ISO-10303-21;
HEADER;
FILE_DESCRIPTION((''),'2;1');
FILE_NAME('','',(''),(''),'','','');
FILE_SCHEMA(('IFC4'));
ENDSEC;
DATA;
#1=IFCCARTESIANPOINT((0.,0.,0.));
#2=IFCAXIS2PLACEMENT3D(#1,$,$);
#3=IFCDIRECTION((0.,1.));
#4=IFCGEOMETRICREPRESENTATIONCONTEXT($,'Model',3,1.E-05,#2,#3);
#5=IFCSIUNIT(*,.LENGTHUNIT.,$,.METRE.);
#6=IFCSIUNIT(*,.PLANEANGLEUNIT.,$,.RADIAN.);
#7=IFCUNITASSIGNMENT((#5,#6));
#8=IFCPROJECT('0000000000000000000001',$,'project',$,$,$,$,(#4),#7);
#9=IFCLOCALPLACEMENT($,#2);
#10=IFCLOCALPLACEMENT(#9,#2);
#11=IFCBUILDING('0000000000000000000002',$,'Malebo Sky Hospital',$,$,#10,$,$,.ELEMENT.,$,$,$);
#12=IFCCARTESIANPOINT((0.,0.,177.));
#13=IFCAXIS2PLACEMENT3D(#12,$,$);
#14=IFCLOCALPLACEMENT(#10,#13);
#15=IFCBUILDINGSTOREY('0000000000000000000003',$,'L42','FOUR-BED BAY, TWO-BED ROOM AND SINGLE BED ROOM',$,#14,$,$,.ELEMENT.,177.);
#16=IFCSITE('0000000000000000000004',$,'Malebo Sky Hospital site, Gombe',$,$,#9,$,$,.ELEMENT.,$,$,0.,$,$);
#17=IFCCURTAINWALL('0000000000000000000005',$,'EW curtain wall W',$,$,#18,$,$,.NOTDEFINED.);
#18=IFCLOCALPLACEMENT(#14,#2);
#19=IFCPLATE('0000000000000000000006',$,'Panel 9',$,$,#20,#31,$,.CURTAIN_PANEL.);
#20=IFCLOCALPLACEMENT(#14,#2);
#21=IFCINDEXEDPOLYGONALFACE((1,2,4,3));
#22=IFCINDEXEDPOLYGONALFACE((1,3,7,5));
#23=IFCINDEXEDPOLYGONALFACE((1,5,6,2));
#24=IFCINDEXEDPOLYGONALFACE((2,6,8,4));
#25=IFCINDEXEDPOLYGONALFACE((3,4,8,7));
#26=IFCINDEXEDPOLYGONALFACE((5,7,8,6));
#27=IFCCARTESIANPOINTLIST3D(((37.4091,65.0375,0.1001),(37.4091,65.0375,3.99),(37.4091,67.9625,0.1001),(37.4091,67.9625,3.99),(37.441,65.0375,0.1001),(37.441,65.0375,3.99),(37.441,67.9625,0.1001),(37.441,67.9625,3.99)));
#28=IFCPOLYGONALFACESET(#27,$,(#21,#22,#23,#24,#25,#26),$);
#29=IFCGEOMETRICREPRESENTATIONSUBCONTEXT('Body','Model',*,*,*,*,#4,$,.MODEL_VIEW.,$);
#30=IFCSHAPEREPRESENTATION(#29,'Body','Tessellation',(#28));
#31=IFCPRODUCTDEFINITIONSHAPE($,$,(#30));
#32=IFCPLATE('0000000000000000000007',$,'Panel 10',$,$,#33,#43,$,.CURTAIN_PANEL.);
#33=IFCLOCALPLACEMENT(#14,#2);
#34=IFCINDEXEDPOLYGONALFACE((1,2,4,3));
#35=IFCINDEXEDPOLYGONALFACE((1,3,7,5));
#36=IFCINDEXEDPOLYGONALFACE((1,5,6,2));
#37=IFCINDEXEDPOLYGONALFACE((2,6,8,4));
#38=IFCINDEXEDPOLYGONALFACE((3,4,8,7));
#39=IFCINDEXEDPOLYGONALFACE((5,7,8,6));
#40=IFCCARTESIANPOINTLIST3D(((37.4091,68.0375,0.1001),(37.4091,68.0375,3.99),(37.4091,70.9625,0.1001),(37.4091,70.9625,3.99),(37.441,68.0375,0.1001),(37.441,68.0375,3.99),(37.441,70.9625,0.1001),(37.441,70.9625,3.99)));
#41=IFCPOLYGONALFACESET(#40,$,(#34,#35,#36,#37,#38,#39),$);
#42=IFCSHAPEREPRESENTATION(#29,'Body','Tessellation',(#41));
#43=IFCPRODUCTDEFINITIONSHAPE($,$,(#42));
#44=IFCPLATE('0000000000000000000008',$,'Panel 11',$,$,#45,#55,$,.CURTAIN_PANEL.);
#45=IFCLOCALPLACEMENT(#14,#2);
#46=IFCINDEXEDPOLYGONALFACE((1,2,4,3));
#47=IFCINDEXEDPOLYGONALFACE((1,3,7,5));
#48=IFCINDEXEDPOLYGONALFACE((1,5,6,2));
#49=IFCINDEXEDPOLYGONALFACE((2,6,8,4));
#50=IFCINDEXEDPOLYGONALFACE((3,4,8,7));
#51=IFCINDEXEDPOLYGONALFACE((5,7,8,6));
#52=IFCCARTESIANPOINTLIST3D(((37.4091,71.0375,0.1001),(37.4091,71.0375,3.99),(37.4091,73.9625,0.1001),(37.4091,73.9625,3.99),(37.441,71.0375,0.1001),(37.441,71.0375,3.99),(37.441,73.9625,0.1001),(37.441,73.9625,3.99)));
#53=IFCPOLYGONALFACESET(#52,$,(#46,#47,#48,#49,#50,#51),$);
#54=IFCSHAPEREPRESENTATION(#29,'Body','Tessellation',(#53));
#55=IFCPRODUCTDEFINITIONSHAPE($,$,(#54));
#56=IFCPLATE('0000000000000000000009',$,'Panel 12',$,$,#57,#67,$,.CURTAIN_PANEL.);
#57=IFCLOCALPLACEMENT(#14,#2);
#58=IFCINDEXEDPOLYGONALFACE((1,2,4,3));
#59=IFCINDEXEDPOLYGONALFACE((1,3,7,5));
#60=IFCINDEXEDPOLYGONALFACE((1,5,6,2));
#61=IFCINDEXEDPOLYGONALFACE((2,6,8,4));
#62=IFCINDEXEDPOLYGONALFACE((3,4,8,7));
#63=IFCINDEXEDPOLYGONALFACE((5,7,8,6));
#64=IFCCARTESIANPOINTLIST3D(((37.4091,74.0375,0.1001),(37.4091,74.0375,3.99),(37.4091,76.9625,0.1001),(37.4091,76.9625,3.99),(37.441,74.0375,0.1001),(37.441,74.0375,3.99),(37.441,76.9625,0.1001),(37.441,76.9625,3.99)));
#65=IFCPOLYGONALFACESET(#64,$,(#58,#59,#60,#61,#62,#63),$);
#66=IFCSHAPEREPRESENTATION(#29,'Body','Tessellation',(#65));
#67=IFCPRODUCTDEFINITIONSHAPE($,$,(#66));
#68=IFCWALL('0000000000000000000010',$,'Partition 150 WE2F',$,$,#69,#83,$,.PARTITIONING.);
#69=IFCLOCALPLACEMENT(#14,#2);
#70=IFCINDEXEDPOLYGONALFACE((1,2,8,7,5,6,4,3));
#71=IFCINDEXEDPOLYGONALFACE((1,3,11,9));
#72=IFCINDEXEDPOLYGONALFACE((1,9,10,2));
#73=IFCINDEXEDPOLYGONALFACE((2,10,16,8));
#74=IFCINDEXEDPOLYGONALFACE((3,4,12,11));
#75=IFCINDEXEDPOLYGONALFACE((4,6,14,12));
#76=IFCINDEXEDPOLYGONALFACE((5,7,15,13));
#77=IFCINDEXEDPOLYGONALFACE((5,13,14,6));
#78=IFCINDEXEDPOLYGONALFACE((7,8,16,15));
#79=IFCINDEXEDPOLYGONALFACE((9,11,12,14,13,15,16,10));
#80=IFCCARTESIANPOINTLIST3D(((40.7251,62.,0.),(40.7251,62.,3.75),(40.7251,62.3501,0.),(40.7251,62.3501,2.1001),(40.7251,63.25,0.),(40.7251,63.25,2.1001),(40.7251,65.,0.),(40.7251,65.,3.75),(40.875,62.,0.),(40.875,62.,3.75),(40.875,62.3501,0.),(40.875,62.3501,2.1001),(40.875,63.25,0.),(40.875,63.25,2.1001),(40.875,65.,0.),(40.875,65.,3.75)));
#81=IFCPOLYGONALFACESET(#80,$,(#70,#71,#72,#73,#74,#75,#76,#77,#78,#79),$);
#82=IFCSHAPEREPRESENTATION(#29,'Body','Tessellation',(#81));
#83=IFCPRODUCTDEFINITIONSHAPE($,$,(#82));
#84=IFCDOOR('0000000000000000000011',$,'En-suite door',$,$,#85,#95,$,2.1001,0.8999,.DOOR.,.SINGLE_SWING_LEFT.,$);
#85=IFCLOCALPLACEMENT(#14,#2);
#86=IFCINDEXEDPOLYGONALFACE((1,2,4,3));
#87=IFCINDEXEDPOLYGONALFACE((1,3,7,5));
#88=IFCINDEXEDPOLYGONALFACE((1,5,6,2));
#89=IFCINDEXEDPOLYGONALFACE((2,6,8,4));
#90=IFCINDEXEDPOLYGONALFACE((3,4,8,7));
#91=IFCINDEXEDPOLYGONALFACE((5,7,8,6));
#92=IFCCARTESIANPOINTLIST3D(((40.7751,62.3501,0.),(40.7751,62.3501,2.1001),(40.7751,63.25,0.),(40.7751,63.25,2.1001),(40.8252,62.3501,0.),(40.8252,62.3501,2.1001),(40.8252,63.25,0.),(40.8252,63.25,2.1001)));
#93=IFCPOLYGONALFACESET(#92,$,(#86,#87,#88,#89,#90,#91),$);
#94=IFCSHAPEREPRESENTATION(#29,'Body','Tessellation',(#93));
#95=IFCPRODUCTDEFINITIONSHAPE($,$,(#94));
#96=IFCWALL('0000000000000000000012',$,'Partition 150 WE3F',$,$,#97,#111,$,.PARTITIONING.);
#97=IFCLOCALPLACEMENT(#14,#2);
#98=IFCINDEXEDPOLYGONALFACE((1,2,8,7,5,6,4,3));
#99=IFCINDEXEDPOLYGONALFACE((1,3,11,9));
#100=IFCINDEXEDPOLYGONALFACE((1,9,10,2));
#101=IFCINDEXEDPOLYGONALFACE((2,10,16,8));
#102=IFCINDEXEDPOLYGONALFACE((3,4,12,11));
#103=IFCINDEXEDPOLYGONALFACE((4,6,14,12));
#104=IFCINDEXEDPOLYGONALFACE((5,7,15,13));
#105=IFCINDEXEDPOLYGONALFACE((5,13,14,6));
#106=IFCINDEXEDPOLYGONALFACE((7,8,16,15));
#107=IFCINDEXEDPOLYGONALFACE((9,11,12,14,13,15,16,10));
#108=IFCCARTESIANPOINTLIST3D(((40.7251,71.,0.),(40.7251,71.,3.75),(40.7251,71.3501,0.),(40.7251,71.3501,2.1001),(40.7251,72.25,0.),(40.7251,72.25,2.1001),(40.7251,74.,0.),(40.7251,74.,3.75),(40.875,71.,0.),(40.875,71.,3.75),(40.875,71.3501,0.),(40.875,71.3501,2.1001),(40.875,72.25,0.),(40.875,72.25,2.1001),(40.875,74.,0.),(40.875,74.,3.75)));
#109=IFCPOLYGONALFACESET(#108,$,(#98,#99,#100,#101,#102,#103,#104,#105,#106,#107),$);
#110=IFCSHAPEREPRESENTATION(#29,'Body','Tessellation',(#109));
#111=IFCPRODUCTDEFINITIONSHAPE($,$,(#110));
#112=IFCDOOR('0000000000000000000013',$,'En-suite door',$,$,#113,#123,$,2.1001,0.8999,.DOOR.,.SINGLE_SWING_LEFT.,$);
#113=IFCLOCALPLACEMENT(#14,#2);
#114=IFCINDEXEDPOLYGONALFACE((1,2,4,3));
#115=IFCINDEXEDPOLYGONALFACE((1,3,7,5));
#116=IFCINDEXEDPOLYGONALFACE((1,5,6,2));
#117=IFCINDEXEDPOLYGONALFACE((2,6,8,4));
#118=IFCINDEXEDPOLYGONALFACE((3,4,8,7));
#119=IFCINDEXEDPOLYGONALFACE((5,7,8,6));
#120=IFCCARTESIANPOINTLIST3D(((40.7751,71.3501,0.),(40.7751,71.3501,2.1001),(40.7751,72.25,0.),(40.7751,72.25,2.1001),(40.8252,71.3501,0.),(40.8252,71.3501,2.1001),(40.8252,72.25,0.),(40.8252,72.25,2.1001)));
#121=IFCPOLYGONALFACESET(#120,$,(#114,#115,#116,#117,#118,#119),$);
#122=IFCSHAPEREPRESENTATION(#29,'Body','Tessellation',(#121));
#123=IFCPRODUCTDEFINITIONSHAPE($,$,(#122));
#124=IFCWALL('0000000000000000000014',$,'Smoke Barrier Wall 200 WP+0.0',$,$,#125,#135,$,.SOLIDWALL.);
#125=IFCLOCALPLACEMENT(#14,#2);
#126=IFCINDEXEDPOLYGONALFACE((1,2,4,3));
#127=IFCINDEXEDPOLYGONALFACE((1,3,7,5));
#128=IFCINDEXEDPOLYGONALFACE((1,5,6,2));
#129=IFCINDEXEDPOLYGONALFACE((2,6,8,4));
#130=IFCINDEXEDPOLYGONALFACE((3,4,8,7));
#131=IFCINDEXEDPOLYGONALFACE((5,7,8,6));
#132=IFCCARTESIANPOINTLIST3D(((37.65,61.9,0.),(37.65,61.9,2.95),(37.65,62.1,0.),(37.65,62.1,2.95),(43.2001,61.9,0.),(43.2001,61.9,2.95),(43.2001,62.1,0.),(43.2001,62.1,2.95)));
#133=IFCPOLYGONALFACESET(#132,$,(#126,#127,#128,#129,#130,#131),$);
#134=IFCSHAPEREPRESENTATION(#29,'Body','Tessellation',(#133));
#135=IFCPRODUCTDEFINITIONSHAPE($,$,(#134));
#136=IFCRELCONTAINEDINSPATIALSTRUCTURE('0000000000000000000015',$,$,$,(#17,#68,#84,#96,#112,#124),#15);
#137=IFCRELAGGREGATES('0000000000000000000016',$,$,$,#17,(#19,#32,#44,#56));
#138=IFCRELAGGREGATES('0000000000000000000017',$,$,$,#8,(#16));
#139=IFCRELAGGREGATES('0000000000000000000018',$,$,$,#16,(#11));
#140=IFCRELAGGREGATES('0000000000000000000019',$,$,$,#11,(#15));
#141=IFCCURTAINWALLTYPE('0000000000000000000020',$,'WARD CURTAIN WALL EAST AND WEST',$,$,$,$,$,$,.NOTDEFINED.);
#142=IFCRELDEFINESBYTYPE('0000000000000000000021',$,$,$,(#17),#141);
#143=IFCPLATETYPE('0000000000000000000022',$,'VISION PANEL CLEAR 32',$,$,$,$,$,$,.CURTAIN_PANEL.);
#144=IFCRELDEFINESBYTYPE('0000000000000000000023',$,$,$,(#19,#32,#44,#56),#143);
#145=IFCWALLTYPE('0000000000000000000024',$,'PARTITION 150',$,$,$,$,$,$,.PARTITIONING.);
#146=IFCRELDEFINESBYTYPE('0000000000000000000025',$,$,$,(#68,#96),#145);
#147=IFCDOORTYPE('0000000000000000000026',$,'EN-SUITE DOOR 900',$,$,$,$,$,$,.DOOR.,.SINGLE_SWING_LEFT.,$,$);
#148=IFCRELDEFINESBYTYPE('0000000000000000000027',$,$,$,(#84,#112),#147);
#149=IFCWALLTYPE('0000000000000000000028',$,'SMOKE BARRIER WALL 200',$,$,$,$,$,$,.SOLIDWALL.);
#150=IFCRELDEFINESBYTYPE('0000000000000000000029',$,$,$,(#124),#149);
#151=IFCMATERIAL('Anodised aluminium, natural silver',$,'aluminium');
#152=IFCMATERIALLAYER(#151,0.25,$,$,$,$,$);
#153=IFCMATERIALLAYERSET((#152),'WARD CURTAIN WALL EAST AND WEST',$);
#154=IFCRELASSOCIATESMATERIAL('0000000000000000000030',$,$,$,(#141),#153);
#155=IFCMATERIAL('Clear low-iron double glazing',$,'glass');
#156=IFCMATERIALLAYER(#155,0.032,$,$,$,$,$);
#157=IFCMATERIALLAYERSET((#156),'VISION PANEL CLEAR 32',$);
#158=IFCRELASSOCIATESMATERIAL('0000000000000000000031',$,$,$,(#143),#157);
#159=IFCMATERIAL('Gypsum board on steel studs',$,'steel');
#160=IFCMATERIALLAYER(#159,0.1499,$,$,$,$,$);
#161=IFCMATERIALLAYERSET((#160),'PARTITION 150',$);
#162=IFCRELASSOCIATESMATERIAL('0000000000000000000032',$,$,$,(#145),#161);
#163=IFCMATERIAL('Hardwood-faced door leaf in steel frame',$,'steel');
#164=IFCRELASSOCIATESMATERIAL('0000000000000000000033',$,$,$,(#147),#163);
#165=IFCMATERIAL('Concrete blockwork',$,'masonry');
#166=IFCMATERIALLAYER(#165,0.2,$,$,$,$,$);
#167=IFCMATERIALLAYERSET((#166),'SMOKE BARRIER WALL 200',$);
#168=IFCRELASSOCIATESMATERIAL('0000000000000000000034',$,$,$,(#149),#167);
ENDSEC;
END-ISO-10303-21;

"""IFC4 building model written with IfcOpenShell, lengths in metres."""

from ifc_helpers import new_model, si_unit, direction, frame, frame_2d, origin, origin_2d, place, context, subcontext, project, spatial, rectangle, extrude, material, layer, layer_set, type_object, element, fill, aggregate, save


model = new_model("IFC4")

# Units and contexts
model_context = context("Model", 3, precision=1e-05, world=origin(), true_north=direction((0.0, 1.0)))
body_context = subcontext(model_context, "Body", "Model", "MODEL_VIEW")
ifc_project = project(units=[si_unit("LENGTHUNIT", "METRE"), si_unit("PLANEANGLEUNIT", "RADIAN")], contexts=[model_context])

# Site, building, storey
site_placement = place(None, origin())
site = spatial("IfcSite", under=ifc_project, at=site_placement, Name="Malebo Sky Hospital site, Gombe", CompositionType="ELEMENT", RefElevation=0.0)
building_placement = place(site_placement, origin())
building = spatial("IfcBuilding", under=site, at=building_placement, Name="Malebo Sky Hospital", CompositionType="ELEMENT")
storey_placement = place(building_placement, frame((0.0, 0.0, 177.0)))
storey = spatial("IfcBuildingStorey", under=building, at=storey_placement, Name="L42", Description="FOUR-BED BAY, TWO-BED ROOM AND SINGLE BED ROOM", CompositionType="ELEMENT", Elevation=177.0)

# Curtain wall
ifc_material_1 = material(Name="Anodised aluminium, natural silver", Category="aluminium")
ifc_layer_1 = layer(ifc_material_1, 0.25)
ifc_layer_set_1 = layer_set([ifc_layer_1], Name="WARD CURTAIN WALL EAST AND WEST")
curtain_wall_type = type_object("IfcCurtainWallType", Name="WARD CURTAIN WALL EAST AND WEST", PredefinedType="NOTDEFINED", material=ifc_layer_set_1)
curtain_wall_placement = place(storey_placement, origin())
curtain_wall = element("IfcCurtainWall", 1, at=curtain_wall_placement, inside=storey, type_object=curtain_wall_type, Name="EW curtain wall W", PredefinedType="NOTDEFINED")

# Plates
ifc_material_2 = material(Name="Clear low-iron double glazing", Category="glass")
ifc_layer_2 = layer(ifc_material_2, 0.032)
ifc_layer_set_2 = layer_set([ifc_layer_2], Name="VISION PANEL CLEAR 32")
plate_type = type_object("IfcPlateType", Name="VISION PANEL CLEAR 32", PredefinedType="CURTAIN_PANEL", material=ifc_layer_set_2)
plate_1_placement = place(storey_placement, frame((37.425, 66.5, 0.1001), z_axis=(0.0, 0.0, 1.0), x_axis=(0.0, 1.0, 0.0)))
plate_1 = element("IfcPlate", 2, at=plate_1_placement, type_object=plate_type, Name="Panel 9", PredefinedType="CURTAIN_PANEL", context=body_context, shape_type="SweptSolid", body=[
    extrude(rectangle(XDim=2.925, YDim=0.032, at=origin_2d()), origin(), (0.0, 0.0, 1.0), 3.8899),
])
plate_2_placement = place(storey_placement, frame((37.425, 69.5, 0.1001), z_axis=(0.0, 0.0, 1.0), x_axis=(0.0, 1.0, 0.0)))
plate_2 = element("IfcPlate", 3, at=plate_2_placement, type_object=plate_type, Name="Panel 10", PredefinedType="CURTAIN_PANEL", context=body_context, shape_type="SweptSolid", body=[
    extrude(rectangle(XDim=2.925, YDim=0.032, at=origin_2d()), origin(), (0.0, 0.0, 1.0), 3.8899),
])
plate_3_placement = place(storey_placement, frame((37.425, 72.5, 0.1001), z_axis=(0.0, 0.0, 1.0), x_axis=(0.0, 1.0, 0.0)))
plate_3 = element("IfcPlate", 4, at=plate_3_placement, type_object=plate_type, Name="Panel 11", PredefinedType="CURTAIN_PANEL", context=body_context, shape_type="SweptSolid", body=[
    extrude(rectangle(XDim=2.925, YDim=0.032, at=origin_2d()), origin(), (0.0, 0.0, 1.0), 3.8899),
])
plate_4_placement = place(storey_placement, frame((37.425, 75.5, 0.1001), z_axis=(0.0, 0.0, 1.0), x_axis=(0.0, 1.0, 0.0)))
plate_4 = element("IfcPlate", 5, at=plate_4_placement, type_object=plate_type, Name="Panel 12", PredefinedType="CURTAIN_PANEL", context=body_context, shape_type="SweptSolid", body=[
    extrude(rectangle(XDim=2.925, YDim=0.032, at=origin_2d()), origin(), (0.0, 0.0, 1.0), 3.8899),
])
aggregate(curtain_wall, [plate_1, plate_2, plate_3, plate_4])

# Walls, openings, doors
ifc_material_3 = material(Name="Gypsum board on steel studs", Category="steel")
ifc_layer_3 = layer(ifc_material_3, 0.1499)
ifc_layer_set_3 = layer_set([ifc_layer_3], Name="PARTITION 150")
wall_type_1 = type_object("IfcWallType", Name="PARTITION 150", PredefinedType="PARTITIONING", material=ifc_layer_set_3)
wall_1_placement = place(storey_placement, frame((40.8, 62.0, 0.0), z_axis=(0.0, 0.0, 1.0), x_axis=(0.0, 1.0, 0.0)))
wall_1 = element("IfcWall", 6, at=wall_1_placement, inside=storey, type_object=wall_type_1, Name="Partition 150 WE2F", PredefinedType="PARTITIONING", context=body_context, shape_type="SweptSolid", body=[
    extrude(rectangle(XDim=3.0, YDim=0.1499, at=frame_2d((1.5, 0.0))), origin(), (0.0, 0.0, 1.0), 3.75),
])
opening_1_placement = place(wall_1_placement, frame((0.3501, 0.0, 0.0)))
opening_1 = element("IfcOpeningElement", 7, at=opening_1_placement, cuts=wall_1, PredefinedType="OPENING", context=body_context, shape_type="SweptSolid", body=[
    extrude(rectangle(XDim=0.8999, YDim=2.1001, at=frame_2d((0.45, 1.05))), frame((0.0, 0.085, 0.0), z_axis=(0.0, -1.0, 0.0), x_axis=(1.0, 0.0, 0.0)), (0.0, 0.0, 1.0), 0.1699),
])
ifc_material_4 = material(Name="Hardwood-faced door leaf in steel frame", Category="steel")
door_type = type_object("IfcDoorType", Name="EN-SUITE DOOR 900", OperationType="SINGLE_SWING_LEFT", PredefinedType="DOOR", material=ifc_material_4)
door_1_placement = place(opening_1_placement, origin())
door_1 = element("IfcDoor", 8, at=door_1_placement, inside=storey, type_object=door_type, Name="En-suite door", OperationType="SINGLE_SWING_LEFT", OverallHeight=2.1001, OverallWidth=0.8999, PredefinedType="DOOR", context=body_context, shape_type="SweptSolid", body=[
    extrude(rectangle(XDim=0.8999, YDim=2.1001, at=frame_2d((0.45, 1.05))), frame((0.0, 0.0249, 0.0), z_axis=(0.0, -1.0, 0.0), x_axis=(1.0, 0.0, 0.0)), (0.0, 0.0, 1.0), 0.05),
])
fill(opening_1, door_1)
wall_2_placement = place(storey_placement, frame((40.8, 71.0, 0.0), z_axis=(0.0, 0.0, 1.0), x_axis=(0.0, 1.0, 0.0)))
wall_2 = element("IfcWall", 9, at=wall_2_placement, inside=storey, type_object=wall_type_1, Name="Partition 150 WE3F", PredefinedType="PARTITIONING", context=body_context, shape_type="SweptSolid", body=[
    extrude(rectangle(XDim=3.0, YDim=0.1499, at=frame_2d((1.5, 0.0))), origin(), (0.0, 0.0, 1.0), 3.75),
])
opening_2_placement = place(wall_2_placement, frame((0.3501, 0.0, 0.0)))
opening_2 = element("IfcOpeningElement", 10, at=opening_2_placement, cuts=wall_2, PredefinedType="OPENING", context=body_context, shape_type="SweptSolid", body=[
    extrude(rectangle(XDim=0.8999, YDim=2.1001, at=frame_2d((0.45, 1.05))), frame((0.0, 0.085, 0.0), z_axis=(0.0, -1.0, 0.0), x_axis=(1.0, 0.0, 0.0)), (0.0, 0.0, 1.0), 0.1699),
])
door_2_placement = place(opening_2_placement, origin())
door_2 = element("IfcDoor", 11, at=door_2_placement, inside=storey, type_object=door_type, Name="En-suite door", OperationType="SINGLE_SWING_LEFT", OverallHeight=2.1001, OverallWidth=0.8999, PredefinedType="DOOR", context=body_context, shape_type="SweptSolid", body=[
    extrude(rectangle(XDim=0.8999, YDim=2.1001, at=frame_2d((0.45, 1.05))), frame((0.0, 0.0249, 0.0), z_axis=(0.0, -1.0, 0.0), x_axis=(1.0, 0.0, 0.0)), (0.0, 0.0, 1.0), 0.05),
])
fill(opening_2, door_2)

# Wall
ifc_material_5 = material(Name="Concrete blockwork", Category="masonry")
ifc_layer_4 = layer(ifc_material_5, 0.2)
ifc_layer_set_4 = layer_set([ifc_layer_4], Name="SMOKE BARRIER WALL 200")
wall_type_2 = type_object("IfcWallType", Name="SMOKE BARRIER WALL 200", PredefinedType="SOLIDWALL", material=ifc_layer_set_4)
wall_3_placement = place(storey_placement, frame((43.2, 62.0, 0.0), z_axis=(0.0, 0.0, 1.0), x_axis=(-1.0, 0.0, 0.0)))
element("IfcWall", 12, at=wall_3_placement, inside=storey, type_object=wall_type_2, Name="Smoke Barrier Wall 200 WP+0.0", PredefinedType="SOLIDWALL", context=body_context, shape_type="SweptSolid", body=[
    extrude(rectangle(XDim=5.55, YDim=0.2, at=frame_2d((2.7749, 0.0))), origin(), (0.0, 0.0, 1.0), 2.95),
])

save(model, "model.ifc")
